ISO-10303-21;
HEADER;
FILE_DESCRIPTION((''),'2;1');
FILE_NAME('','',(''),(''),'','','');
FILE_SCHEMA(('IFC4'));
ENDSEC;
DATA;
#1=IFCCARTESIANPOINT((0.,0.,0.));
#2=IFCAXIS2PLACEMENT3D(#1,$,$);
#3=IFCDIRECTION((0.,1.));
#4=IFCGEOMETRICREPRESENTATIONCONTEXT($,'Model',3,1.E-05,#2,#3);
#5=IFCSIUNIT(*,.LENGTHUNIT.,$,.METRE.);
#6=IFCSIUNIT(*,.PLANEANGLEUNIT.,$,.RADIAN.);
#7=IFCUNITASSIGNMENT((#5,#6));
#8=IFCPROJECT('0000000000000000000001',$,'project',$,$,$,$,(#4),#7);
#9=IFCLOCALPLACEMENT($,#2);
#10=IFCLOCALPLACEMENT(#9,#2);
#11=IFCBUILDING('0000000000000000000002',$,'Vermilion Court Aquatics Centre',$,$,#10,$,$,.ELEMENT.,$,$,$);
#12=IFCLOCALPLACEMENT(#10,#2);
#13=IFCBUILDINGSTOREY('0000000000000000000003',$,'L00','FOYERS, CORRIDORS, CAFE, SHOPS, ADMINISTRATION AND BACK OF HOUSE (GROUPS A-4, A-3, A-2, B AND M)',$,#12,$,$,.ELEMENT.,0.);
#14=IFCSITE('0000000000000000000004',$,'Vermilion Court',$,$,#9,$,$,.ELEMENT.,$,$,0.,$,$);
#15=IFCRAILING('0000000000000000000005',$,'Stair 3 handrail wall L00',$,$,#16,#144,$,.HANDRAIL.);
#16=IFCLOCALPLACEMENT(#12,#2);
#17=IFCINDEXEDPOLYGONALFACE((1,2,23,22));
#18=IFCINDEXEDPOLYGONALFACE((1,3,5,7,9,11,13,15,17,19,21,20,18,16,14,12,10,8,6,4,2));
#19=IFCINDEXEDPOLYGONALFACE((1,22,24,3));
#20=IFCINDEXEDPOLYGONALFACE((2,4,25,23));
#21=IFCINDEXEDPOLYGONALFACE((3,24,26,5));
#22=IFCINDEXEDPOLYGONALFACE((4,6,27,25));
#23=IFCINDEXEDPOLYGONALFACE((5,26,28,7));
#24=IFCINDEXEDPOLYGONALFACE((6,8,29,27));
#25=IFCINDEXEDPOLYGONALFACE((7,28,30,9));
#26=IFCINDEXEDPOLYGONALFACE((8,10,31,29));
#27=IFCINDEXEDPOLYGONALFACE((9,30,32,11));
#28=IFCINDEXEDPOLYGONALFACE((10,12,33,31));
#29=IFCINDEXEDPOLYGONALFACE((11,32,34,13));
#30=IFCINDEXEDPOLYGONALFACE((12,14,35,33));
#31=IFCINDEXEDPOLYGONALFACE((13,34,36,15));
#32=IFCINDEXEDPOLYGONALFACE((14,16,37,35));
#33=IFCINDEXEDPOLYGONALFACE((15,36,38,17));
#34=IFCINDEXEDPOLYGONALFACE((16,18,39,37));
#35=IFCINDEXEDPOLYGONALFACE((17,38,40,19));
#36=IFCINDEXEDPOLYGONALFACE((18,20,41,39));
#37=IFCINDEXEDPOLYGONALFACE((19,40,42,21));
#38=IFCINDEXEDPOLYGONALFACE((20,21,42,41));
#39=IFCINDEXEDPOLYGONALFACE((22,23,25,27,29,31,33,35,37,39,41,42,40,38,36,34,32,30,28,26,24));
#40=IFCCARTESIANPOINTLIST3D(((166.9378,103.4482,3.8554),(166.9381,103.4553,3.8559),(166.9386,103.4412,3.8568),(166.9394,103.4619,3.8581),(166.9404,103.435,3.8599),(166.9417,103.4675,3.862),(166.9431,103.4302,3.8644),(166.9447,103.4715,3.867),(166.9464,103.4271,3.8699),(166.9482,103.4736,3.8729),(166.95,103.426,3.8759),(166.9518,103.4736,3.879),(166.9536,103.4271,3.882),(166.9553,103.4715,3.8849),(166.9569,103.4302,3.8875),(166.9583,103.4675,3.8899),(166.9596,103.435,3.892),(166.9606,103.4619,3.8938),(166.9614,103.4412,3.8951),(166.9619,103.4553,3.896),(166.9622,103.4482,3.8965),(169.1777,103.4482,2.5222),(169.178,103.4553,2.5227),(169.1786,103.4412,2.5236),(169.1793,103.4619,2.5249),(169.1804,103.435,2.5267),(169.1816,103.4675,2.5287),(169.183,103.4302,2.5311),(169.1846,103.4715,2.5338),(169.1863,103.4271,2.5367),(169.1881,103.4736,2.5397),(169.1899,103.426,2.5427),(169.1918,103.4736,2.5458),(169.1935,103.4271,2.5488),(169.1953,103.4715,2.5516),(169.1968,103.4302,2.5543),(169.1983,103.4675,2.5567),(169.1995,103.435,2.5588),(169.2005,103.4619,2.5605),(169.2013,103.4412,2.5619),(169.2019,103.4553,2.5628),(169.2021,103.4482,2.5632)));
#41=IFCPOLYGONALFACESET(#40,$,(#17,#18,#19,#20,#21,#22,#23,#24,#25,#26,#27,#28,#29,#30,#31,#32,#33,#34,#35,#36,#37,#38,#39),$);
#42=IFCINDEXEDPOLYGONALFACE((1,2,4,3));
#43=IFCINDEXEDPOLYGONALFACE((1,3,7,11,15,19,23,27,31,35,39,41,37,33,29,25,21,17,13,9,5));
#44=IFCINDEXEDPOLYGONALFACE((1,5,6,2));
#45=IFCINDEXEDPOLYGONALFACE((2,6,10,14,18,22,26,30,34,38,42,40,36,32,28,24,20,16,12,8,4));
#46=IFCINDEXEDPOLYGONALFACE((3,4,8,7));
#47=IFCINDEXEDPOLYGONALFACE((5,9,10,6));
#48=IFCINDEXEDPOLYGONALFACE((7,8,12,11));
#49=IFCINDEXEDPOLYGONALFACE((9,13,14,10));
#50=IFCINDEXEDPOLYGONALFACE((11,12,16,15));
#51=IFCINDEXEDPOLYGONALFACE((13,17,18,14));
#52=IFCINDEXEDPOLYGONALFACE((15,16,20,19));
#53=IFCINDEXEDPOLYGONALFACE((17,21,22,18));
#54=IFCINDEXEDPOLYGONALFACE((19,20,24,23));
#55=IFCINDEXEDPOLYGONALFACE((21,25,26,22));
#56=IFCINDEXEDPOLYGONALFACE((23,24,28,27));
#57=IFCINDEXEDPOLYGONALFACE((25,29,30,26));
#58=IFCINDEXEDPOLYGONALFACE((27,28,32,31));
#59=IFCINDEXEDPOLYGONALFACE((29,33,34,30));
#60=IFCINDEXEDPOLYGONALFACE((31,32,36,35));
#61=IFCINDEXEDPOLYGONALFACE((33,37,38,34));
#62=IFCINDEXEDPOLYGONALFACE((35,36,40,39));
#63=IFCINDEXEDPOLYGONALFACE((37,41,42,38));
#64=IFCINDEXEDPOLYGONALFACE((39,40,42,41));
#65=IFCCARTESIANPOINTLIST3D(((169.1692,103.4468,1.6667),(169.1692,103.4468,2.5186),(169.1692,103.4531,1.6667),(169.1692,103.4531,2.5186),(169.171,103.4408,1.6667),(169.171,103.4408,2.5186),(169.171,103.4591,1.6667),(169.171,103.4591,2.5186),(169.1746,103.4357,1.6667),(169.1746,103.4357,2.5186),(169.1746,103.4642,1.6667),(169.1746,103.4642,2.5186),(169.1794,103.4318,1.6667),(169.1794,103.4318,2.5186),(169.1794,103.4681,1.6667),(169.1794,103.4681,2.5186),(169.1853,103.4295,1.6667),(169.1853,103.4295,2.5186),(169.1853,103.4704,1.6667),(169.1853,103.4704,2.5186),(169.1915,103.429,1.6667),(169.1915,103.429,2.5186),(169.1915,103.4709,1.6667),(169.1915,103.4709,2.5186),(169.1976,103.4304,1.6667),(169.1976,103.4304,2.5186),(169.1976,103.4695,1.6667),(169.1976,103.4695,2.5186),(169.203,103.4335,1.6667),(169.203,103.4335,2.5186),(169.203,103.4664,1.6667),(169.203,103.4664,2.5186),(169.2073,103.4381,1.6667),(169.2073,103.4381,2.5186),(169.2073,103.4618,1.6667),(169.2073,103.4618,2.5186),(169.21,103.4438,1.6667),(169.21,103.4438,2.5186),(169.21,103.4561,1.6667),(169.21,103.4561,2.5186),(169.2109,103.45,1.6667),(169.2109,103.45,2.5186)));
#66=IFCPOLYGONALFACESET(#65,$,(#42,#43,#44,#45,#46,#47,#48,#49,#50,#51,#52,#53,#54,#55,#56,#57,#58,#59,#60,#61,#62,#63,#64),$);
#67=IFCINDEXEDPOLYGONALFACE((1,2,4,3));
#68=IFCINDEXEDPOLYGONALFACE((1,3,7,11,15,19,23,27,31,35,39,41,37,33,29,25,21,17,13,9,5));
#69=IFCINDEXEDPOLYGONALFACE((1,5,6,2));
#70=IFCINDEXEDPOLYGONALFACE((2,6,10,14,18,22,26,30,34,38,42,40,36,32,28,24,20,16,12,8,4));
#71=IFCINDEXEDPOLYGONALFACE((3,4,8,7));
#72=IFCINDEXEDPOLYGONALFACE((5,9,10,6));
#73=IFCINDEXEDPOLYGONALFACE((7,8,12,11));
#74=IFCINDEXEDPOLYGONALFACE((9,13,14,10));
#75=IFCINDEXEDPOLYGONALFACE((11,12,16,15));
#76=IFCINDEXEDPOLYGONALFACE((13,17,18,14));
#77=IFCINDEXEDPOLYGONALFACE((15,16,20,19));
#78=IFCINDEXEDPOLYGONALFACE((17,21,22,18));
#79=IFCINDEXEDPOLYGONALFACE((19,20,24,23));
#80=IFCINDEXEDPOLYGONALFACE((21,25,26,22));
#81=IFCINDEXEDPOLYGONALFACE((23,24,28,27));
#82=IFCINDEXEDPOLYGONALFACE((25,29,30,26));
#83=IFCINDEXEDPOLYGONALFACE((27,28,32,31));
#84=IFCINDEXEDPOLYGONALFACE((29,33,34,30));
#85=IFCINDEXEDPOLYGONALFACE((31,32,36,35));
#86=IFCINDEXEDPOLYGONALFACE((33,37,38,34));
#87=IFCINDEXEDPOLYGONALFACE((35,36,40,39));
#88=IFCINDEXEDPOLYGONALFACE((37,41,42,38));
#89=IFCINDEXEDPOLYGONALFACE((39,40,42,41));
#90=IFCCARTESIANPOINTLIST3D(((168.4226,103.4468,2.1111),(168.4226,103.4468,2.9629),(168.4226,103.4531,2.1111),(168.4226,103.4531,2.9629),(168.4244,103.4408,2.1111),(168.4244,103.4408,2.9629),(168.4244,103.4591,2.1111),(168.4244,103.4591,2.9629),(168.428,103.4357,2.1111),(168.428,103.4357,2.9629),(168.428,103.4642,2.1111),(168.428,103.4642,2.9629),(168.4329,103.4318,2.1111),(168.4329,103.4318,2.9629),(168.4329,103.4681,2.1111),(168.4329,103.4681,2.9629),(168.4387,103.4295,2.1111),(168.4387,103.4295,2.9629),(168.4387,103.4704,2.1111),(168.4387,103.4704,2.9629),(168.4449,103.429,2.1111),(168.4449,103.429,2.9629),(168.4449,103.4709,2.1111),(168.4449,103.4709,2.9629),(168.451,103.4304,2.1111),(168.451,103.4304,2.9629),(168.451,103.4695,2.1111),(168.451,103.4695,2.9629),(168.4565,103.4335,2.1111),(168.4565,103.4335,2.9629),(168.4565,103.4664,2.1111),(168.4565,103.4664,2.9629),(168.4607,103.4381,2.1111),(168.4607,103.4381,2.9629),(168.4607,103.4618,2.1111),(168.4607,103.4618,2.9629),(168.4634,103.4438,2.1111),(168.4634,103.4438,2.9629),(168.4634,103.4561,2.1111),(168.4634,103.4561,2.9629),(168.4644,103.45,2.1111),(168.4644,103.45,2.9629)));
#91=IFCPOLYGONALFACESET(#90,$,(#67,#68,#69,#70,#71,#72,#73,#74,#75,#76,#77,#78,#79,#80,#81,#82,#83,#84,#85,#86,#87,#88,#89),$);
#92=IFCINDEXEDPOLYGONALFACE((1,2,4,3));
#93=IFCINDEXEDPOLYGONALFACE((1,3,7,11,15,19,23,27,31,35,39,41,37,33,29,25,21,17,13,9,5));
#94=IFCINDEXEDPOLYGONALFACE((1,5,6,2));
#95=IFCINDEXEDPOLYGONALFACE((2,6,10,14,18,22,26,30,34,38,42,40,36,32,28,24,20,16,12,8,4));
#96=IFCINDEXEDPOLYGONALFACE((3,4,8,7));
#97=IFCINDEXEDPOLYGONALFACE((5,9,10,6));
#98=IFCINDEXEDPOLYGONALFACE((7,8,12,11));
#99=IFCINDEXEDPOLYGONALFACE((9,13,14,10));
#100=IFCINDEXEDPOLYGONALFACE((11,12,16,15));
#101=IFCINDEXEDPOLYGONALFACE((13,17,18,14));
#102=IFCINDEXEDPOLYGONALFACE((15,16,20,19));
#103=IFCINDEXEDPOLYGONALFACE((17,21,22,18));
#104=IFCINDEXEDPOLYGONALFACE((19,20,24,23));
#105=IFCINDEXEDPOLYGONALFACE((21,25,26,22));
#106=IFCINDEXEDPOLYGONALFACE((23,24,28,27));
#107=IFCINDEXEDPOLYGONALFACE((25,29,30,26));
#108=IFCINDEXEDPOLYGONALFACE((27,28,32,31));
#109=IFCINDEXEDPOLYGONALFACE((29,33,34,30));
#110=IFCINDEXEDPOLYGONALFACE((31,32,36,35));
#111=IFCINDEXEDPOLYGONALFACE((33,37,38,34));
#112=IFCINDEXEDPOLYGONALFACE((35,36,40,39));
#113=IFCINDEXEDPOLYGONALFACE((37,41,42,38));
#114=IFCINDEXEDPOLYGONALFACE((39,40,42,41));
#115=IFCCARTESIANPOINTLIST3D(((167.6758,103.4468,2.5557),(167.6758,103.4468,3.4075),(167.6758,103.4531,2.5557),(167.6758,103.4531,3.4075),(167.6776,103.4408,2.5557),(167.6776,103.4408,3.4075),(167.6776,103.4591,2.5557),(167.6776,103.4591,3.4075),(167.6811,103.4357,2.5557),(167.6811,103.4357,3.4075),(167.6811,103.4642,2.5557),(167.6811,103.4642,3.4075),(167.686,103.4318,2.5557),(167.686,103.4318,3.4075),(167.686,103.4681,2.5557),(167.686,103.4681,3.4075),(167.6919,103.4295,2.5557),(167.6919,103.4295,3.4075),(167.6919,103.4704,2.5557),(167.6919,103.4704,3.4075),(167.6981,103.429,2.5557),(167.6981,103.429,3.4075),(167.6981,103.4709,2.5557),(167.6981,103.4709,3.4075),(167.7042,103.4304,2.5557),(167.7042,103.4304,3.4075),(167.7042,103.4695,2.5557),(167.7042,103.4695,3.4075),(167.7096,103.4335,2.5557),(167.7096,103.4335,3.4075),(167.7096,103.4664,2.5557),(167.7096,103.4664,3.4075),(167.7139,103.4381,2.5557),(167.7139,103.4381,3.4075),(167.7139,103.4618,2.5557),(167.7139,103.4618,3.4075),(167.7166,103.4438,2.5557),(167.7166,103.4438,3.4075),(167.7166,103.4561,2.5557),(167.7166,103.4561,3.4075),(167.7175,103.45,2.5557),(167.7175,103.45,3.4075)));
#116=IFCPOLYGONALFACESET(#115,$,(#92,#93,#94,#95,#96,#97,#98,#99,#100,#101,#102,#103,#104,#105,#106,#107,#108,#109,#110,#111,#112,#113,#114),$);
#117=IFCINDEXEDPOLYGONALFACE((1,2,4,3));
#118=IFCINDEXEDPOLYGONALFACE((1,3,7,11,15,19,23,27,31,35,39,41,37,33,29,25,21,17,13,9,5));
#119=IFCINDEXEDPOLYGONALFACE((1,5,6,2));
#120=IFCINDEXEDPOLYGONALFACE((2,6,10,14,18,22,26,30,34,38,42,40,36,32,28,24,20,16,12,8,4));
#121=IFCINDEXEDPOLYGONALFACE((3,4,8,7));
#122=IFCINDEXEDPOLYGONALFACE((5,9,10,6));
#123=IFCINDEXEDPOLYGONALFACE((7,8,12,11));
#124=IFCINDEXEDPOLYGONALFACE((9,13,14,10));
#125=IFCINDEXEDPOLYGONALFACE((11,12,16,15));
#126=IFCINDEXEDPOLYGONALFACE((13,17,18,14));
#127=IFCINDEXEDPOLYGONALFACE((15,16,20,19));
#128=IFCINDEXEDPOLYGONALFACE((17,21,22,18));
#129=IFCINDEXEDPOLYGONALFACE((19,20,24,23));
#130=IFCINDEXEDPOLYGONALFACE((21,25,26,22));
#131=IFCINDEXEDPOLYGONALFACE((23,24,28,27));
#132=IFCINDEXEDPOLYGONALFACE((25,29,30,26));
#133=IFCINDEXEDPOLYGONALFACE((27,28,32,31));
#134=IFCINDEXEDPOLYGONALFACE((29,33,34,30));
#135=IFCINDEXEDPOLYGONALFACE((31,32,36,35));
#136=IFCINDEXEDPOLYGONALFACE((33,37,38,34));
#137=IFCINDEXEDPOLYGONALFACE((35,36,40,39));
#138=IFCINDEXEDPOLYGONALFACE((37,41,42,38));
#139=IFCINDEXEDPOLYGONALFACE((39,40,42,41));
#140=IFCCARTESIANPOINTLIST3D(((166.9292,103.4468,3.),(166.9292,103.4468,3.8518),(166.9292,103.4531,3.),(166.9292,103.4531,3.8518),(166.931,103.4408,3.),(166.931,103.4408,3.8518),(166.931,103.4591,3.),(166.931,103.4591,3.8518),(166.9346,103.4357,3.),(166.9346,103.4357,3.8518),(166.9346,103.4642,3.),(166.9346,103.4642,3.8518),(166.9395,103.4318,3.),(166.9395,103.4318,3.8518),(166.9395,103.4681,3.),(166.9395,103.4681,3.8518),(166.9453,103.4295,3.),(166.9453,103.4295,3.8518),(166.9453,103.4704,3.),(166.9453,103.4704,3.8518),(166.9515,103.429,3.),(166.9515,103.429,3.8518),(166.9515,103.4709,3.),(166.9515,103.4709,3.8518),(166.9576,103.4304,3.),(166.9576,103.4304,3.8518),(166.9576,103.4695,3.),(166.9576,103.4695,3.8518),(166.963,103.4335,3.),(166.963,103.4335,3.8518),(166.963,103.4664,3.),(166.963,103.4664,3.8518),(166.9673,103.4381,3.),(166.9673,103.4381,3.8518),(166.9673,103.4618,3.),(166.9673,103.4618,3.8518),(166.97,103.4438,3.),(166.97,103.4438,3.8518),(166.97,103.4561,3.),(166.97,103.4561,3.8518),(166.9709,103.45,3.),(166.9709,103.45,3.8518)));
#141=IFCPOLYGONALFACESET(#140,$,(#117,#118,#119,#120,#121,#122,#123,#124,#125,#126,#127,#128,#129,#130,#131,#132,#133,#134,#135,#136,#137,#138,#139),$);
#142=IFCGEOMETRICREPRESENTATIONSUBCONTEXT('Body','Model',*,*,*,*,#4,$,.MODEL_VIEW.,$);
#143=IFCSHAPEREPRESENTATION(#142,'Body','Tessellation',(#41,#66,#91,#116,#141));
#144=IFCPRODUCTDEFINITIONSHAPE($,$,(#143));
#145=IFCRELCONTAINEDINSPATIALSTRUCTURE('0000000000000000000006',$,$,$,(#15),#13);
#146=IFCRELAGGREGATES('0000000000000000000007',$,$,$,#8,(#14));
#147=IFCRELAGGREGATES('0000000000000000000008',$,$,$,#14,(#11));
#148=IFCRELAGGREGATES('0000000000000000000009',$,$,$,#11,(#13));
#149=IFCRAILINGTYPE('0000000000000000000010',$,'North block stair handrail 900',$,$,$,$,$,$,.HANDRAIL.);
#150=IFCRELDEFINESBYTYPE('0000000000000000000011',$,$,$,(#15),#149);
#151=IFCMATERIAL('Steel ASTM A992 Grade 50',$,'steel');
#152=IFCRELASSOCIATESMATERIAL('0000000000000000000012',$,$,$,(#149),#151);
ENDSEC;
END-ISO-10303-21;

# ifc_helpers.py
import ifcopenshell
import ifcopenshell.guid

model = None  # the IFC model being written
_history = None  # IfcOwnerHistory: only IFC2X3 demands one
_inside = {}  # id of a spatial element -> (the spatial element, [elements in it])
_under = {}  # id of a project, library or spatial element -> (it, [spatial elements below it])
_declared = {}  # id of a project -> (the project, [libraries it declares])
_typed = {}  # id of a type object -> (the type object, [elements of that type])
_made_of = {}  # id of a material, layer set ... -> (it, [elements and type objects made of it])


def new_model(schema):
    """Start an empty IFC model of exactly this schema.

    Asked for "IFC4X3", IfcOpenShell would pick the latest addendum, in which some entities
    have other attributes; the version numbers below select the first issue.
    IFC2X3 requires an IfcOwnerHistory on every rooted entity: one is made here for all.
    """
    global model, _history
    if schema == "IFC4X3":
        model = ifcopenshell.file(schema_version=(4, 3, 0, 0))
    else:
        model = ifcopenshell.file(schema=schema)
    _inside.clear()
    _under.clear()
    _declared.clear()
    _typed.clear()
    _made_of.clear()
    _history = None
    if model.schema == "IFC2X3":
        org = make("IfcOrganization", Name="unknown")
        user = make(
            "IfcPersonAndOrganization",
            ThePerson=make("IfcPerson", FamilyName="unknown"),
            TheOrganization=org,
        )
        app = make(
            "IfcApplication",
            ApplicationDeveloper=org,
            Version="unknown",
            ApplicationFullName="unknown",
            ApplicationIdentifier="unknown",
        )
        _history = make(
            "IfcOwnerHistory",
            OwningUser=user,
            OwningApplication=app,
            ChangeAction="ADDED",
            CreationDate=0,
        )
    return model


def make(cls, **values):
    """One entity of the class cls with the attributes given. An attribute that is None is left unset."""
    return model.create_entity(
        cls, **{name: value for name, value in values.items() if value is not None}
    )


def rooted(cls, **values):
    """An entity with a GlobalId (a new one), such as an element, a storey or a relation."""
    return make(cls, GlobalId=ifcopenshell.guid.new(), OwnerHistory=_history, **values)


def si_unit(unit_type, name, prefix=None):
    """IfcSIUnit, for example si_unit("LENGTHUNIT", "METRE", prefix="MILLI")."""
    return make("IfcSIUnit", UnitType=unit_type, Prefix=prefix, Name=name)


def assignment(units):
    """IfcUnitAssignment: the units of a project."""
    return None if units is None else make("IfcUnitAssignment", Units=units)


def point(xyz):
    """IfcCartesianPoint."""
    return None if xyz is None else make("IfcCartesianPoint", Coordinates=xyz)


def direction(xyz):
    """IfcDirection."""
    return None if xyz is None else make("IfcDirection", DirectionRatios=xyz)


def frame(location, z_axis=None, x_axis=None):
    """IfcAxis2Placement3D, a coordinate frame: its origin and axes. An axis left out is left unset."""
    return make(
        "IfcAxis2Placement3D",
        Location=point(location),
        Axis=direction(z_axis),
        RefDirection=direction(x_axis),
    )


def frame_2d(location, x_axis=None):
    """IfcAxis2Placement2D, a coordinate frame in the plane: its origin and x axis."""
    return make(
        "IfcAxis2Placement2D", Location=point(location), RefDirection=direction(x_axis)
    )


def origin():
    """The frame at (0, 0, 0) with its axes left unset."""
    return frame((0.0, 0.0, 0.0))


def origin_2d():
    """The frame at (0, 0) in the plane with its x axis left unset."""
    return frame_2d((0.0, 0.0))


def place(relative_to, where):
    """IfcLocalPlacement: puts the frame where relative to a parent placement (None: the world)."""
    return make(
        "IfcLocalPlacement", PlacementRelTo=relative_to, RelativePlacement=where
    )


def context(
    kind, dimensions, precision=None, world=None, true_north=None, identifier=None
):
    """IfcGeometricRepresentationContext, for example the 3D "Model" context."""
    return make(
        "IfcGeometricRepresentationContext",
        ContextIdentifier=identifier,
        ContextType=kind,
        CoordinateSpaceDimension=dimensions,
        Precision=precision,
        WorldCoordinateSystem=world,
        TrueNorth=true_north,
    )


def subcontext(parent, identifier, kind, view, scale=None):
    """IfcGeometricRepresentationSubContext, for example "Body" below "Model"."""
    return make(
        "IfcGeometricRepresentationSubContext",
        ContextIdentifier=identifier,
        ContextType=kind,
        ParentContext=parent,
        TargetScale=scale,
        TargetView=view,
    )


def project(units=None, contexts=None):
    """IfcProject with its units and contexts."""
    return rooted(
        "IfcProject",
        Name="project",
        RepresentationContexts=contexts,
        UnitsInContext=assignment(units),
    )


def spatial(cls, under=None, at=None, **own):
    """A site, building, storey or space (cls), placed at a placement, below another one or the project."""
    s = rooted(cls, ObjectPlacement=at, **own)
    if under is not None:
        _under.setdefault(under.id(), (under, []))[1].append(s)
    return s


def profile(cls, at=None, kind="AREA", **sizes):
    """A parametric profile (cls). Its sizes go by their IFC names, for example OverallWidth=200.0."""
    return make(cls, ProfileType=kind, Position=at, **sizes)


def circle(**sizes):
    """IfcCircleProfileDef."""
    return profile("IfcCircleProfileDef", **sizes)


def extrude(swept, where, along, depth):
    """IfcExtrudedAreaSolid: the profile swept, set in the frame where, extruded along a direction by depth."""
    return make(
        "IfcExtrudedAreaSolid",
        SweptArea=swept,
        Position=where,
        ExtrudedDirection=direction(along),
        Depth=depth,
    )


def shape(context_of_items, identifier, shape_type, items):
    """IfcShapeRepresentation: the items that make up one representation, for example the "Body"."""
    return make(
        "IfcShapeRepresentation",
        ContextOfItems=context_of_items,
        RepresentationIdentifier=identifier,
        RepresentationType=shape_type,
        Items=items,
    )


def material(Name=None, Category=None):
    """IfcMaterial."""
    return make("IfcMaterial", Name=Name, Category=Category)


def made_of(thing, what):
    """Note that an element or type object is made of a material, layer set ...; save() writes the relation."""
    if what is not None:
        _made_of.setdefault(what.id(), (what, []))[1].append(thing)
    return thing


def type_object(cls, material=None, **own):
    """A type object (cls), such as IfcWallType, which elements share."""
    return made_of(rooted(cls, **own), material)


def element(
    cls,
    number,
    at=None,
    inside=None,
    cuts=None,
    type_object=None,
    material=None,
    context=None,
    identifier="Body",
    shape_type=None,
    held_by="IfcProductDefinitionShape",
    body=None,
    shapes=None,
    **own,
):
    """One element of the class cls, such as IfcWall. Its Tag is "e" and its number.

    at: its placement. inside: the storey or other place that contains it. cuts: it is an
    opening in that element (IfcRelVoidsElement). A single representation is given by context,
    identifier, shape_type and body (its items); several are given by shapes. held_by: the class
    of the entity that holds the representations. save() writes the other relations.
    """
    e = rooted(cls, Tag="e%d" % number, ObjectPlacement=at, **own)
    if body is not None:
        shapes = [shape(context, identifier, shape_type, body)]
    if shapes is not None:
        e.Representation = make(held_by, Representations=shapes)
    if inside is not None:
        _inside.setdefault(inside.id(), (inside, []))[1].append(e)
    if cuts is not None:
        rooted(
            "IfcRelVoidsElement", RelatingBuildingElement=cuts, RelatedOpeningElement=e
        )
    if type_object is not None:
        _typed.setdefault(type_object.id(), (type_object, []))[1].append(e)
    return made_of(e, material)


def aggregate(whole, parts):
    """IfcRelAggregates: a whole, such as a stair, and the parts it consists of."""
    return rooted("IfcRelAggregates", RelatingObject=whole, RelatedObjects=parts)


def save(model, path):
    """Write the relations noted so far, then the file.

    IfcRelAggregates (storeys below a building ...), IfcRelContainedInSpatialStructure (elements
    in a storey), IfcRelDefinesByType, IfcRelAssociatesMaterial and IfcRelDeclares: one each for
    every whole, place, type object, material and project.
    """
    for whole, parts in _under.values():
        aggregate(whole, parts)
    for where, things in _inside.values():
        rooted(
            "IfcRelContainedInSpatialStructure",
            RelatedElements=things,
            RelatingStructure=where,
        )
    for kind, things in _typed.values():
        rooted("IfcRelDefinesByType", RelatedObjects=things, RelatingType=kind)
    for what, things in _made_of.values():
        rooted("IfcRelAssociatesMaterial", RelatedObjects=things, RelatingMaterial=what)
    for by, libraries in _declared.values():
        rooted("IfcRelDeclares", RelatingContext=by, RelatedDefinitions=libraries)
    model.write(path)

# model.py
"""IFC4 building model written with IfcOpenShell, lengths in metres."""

from ifc_helpers import new_model, si_unit, direction, frame, origin, origin_2d, place, context, subcontext, project, spatial, circle, extrude, material, type_object, element, save


model = new_model("IFC4")

# Units and contexts
model_context = context("Model", 3, precision=1e-05, world=origin(), true_north=direction((0.0, 1.0)))
body_context = subcontext(model_context, "Body", "Model", "MODEL_VIEW")
ifc_project = project(units=[si_unit("LENGTHUNIT", "METRE"), si_unit("PLANEANGLEUNIT", "RADIAN")], contexts=[model_context])

# Site, building, storey
site_placement = place(None, origin())
site = spatial("IfcSite", under=ifc_project, at=site_placement, Name="Vermilion Court", CompositionType="ELEMENT", RefElevation=0.0)
building_placement = place(site_placement, origin())
building = spatial("IfcBuilding", under=site, at=building_placement, Name="Vermilion Court Aquatics Centre", CompositionType="ELEMENT")
storey_placement = place(building_placement, origin())
storey = spatial("IfcBuildingStorey", under=building, at=storey_placement, Name="L00", Description="FOYERS, CORRIDORS, CAFE, SHOPS, ADMINISTRATION AND BACK OF HOUSE (GROUPS A-4, A-3, A-2, B AND M)", CompositionType="ELEMENT", Elevation=0.0)

# Railing
ifc_material_1 = material(Name="Steel ASTM A992 Grade 50", Category="steel")
railing_type_1 = type_object("IfcRailingType", Name="North block stair handrail 900", PredefinedType="HANDRAIL", material=ifc_material_1)
for number, where, name in (
    (1, (169.1899, 103.45, 1.6667), "Stair 3 handrail wall L00"),
):
    element("IfcRailing", number, at=place(storey_placement, frame(where)), inside=storey, type_object=railing_type_1, Name=name, PredefinedType="HANDRAIL", context=body_context, shape_type="SweptSolid", body=[
        extrude(circle(Radius=0.0239, at=origin_2d()), frame((0.0, 0.0, 0.876), z_axis=(-0.859306, 0.0, 0.511462), x_axis=(0.0, -1.0, 0.0)), (0.0, 0.0, 1.0), 2.6067),
        extrude(circle(Radius=0.021, at=origin_2d()), origin(), (0.0, 0.0, 1.0), 0.8518),
        extrude(circle(Radius=0.021, at=origin_2d()), frame((-0.7466, 0.0, 0.4443)), (0.0, 0.0, 1.0), 0.8518),
        extrude(circle(Radius=0.021, at=origin_2d()), frame((-1.4934, 0.0, 0.8889)), (0.0, 0.0, 1.0), 0.8518),
        extrude(circle(Radius=0.021, at=origin_2d()), frame((-2.24, 0.0, 1.3333)), (0.0, 0.0, 1.0), 0.8518),
    ])

save(model, "model.ifc")
